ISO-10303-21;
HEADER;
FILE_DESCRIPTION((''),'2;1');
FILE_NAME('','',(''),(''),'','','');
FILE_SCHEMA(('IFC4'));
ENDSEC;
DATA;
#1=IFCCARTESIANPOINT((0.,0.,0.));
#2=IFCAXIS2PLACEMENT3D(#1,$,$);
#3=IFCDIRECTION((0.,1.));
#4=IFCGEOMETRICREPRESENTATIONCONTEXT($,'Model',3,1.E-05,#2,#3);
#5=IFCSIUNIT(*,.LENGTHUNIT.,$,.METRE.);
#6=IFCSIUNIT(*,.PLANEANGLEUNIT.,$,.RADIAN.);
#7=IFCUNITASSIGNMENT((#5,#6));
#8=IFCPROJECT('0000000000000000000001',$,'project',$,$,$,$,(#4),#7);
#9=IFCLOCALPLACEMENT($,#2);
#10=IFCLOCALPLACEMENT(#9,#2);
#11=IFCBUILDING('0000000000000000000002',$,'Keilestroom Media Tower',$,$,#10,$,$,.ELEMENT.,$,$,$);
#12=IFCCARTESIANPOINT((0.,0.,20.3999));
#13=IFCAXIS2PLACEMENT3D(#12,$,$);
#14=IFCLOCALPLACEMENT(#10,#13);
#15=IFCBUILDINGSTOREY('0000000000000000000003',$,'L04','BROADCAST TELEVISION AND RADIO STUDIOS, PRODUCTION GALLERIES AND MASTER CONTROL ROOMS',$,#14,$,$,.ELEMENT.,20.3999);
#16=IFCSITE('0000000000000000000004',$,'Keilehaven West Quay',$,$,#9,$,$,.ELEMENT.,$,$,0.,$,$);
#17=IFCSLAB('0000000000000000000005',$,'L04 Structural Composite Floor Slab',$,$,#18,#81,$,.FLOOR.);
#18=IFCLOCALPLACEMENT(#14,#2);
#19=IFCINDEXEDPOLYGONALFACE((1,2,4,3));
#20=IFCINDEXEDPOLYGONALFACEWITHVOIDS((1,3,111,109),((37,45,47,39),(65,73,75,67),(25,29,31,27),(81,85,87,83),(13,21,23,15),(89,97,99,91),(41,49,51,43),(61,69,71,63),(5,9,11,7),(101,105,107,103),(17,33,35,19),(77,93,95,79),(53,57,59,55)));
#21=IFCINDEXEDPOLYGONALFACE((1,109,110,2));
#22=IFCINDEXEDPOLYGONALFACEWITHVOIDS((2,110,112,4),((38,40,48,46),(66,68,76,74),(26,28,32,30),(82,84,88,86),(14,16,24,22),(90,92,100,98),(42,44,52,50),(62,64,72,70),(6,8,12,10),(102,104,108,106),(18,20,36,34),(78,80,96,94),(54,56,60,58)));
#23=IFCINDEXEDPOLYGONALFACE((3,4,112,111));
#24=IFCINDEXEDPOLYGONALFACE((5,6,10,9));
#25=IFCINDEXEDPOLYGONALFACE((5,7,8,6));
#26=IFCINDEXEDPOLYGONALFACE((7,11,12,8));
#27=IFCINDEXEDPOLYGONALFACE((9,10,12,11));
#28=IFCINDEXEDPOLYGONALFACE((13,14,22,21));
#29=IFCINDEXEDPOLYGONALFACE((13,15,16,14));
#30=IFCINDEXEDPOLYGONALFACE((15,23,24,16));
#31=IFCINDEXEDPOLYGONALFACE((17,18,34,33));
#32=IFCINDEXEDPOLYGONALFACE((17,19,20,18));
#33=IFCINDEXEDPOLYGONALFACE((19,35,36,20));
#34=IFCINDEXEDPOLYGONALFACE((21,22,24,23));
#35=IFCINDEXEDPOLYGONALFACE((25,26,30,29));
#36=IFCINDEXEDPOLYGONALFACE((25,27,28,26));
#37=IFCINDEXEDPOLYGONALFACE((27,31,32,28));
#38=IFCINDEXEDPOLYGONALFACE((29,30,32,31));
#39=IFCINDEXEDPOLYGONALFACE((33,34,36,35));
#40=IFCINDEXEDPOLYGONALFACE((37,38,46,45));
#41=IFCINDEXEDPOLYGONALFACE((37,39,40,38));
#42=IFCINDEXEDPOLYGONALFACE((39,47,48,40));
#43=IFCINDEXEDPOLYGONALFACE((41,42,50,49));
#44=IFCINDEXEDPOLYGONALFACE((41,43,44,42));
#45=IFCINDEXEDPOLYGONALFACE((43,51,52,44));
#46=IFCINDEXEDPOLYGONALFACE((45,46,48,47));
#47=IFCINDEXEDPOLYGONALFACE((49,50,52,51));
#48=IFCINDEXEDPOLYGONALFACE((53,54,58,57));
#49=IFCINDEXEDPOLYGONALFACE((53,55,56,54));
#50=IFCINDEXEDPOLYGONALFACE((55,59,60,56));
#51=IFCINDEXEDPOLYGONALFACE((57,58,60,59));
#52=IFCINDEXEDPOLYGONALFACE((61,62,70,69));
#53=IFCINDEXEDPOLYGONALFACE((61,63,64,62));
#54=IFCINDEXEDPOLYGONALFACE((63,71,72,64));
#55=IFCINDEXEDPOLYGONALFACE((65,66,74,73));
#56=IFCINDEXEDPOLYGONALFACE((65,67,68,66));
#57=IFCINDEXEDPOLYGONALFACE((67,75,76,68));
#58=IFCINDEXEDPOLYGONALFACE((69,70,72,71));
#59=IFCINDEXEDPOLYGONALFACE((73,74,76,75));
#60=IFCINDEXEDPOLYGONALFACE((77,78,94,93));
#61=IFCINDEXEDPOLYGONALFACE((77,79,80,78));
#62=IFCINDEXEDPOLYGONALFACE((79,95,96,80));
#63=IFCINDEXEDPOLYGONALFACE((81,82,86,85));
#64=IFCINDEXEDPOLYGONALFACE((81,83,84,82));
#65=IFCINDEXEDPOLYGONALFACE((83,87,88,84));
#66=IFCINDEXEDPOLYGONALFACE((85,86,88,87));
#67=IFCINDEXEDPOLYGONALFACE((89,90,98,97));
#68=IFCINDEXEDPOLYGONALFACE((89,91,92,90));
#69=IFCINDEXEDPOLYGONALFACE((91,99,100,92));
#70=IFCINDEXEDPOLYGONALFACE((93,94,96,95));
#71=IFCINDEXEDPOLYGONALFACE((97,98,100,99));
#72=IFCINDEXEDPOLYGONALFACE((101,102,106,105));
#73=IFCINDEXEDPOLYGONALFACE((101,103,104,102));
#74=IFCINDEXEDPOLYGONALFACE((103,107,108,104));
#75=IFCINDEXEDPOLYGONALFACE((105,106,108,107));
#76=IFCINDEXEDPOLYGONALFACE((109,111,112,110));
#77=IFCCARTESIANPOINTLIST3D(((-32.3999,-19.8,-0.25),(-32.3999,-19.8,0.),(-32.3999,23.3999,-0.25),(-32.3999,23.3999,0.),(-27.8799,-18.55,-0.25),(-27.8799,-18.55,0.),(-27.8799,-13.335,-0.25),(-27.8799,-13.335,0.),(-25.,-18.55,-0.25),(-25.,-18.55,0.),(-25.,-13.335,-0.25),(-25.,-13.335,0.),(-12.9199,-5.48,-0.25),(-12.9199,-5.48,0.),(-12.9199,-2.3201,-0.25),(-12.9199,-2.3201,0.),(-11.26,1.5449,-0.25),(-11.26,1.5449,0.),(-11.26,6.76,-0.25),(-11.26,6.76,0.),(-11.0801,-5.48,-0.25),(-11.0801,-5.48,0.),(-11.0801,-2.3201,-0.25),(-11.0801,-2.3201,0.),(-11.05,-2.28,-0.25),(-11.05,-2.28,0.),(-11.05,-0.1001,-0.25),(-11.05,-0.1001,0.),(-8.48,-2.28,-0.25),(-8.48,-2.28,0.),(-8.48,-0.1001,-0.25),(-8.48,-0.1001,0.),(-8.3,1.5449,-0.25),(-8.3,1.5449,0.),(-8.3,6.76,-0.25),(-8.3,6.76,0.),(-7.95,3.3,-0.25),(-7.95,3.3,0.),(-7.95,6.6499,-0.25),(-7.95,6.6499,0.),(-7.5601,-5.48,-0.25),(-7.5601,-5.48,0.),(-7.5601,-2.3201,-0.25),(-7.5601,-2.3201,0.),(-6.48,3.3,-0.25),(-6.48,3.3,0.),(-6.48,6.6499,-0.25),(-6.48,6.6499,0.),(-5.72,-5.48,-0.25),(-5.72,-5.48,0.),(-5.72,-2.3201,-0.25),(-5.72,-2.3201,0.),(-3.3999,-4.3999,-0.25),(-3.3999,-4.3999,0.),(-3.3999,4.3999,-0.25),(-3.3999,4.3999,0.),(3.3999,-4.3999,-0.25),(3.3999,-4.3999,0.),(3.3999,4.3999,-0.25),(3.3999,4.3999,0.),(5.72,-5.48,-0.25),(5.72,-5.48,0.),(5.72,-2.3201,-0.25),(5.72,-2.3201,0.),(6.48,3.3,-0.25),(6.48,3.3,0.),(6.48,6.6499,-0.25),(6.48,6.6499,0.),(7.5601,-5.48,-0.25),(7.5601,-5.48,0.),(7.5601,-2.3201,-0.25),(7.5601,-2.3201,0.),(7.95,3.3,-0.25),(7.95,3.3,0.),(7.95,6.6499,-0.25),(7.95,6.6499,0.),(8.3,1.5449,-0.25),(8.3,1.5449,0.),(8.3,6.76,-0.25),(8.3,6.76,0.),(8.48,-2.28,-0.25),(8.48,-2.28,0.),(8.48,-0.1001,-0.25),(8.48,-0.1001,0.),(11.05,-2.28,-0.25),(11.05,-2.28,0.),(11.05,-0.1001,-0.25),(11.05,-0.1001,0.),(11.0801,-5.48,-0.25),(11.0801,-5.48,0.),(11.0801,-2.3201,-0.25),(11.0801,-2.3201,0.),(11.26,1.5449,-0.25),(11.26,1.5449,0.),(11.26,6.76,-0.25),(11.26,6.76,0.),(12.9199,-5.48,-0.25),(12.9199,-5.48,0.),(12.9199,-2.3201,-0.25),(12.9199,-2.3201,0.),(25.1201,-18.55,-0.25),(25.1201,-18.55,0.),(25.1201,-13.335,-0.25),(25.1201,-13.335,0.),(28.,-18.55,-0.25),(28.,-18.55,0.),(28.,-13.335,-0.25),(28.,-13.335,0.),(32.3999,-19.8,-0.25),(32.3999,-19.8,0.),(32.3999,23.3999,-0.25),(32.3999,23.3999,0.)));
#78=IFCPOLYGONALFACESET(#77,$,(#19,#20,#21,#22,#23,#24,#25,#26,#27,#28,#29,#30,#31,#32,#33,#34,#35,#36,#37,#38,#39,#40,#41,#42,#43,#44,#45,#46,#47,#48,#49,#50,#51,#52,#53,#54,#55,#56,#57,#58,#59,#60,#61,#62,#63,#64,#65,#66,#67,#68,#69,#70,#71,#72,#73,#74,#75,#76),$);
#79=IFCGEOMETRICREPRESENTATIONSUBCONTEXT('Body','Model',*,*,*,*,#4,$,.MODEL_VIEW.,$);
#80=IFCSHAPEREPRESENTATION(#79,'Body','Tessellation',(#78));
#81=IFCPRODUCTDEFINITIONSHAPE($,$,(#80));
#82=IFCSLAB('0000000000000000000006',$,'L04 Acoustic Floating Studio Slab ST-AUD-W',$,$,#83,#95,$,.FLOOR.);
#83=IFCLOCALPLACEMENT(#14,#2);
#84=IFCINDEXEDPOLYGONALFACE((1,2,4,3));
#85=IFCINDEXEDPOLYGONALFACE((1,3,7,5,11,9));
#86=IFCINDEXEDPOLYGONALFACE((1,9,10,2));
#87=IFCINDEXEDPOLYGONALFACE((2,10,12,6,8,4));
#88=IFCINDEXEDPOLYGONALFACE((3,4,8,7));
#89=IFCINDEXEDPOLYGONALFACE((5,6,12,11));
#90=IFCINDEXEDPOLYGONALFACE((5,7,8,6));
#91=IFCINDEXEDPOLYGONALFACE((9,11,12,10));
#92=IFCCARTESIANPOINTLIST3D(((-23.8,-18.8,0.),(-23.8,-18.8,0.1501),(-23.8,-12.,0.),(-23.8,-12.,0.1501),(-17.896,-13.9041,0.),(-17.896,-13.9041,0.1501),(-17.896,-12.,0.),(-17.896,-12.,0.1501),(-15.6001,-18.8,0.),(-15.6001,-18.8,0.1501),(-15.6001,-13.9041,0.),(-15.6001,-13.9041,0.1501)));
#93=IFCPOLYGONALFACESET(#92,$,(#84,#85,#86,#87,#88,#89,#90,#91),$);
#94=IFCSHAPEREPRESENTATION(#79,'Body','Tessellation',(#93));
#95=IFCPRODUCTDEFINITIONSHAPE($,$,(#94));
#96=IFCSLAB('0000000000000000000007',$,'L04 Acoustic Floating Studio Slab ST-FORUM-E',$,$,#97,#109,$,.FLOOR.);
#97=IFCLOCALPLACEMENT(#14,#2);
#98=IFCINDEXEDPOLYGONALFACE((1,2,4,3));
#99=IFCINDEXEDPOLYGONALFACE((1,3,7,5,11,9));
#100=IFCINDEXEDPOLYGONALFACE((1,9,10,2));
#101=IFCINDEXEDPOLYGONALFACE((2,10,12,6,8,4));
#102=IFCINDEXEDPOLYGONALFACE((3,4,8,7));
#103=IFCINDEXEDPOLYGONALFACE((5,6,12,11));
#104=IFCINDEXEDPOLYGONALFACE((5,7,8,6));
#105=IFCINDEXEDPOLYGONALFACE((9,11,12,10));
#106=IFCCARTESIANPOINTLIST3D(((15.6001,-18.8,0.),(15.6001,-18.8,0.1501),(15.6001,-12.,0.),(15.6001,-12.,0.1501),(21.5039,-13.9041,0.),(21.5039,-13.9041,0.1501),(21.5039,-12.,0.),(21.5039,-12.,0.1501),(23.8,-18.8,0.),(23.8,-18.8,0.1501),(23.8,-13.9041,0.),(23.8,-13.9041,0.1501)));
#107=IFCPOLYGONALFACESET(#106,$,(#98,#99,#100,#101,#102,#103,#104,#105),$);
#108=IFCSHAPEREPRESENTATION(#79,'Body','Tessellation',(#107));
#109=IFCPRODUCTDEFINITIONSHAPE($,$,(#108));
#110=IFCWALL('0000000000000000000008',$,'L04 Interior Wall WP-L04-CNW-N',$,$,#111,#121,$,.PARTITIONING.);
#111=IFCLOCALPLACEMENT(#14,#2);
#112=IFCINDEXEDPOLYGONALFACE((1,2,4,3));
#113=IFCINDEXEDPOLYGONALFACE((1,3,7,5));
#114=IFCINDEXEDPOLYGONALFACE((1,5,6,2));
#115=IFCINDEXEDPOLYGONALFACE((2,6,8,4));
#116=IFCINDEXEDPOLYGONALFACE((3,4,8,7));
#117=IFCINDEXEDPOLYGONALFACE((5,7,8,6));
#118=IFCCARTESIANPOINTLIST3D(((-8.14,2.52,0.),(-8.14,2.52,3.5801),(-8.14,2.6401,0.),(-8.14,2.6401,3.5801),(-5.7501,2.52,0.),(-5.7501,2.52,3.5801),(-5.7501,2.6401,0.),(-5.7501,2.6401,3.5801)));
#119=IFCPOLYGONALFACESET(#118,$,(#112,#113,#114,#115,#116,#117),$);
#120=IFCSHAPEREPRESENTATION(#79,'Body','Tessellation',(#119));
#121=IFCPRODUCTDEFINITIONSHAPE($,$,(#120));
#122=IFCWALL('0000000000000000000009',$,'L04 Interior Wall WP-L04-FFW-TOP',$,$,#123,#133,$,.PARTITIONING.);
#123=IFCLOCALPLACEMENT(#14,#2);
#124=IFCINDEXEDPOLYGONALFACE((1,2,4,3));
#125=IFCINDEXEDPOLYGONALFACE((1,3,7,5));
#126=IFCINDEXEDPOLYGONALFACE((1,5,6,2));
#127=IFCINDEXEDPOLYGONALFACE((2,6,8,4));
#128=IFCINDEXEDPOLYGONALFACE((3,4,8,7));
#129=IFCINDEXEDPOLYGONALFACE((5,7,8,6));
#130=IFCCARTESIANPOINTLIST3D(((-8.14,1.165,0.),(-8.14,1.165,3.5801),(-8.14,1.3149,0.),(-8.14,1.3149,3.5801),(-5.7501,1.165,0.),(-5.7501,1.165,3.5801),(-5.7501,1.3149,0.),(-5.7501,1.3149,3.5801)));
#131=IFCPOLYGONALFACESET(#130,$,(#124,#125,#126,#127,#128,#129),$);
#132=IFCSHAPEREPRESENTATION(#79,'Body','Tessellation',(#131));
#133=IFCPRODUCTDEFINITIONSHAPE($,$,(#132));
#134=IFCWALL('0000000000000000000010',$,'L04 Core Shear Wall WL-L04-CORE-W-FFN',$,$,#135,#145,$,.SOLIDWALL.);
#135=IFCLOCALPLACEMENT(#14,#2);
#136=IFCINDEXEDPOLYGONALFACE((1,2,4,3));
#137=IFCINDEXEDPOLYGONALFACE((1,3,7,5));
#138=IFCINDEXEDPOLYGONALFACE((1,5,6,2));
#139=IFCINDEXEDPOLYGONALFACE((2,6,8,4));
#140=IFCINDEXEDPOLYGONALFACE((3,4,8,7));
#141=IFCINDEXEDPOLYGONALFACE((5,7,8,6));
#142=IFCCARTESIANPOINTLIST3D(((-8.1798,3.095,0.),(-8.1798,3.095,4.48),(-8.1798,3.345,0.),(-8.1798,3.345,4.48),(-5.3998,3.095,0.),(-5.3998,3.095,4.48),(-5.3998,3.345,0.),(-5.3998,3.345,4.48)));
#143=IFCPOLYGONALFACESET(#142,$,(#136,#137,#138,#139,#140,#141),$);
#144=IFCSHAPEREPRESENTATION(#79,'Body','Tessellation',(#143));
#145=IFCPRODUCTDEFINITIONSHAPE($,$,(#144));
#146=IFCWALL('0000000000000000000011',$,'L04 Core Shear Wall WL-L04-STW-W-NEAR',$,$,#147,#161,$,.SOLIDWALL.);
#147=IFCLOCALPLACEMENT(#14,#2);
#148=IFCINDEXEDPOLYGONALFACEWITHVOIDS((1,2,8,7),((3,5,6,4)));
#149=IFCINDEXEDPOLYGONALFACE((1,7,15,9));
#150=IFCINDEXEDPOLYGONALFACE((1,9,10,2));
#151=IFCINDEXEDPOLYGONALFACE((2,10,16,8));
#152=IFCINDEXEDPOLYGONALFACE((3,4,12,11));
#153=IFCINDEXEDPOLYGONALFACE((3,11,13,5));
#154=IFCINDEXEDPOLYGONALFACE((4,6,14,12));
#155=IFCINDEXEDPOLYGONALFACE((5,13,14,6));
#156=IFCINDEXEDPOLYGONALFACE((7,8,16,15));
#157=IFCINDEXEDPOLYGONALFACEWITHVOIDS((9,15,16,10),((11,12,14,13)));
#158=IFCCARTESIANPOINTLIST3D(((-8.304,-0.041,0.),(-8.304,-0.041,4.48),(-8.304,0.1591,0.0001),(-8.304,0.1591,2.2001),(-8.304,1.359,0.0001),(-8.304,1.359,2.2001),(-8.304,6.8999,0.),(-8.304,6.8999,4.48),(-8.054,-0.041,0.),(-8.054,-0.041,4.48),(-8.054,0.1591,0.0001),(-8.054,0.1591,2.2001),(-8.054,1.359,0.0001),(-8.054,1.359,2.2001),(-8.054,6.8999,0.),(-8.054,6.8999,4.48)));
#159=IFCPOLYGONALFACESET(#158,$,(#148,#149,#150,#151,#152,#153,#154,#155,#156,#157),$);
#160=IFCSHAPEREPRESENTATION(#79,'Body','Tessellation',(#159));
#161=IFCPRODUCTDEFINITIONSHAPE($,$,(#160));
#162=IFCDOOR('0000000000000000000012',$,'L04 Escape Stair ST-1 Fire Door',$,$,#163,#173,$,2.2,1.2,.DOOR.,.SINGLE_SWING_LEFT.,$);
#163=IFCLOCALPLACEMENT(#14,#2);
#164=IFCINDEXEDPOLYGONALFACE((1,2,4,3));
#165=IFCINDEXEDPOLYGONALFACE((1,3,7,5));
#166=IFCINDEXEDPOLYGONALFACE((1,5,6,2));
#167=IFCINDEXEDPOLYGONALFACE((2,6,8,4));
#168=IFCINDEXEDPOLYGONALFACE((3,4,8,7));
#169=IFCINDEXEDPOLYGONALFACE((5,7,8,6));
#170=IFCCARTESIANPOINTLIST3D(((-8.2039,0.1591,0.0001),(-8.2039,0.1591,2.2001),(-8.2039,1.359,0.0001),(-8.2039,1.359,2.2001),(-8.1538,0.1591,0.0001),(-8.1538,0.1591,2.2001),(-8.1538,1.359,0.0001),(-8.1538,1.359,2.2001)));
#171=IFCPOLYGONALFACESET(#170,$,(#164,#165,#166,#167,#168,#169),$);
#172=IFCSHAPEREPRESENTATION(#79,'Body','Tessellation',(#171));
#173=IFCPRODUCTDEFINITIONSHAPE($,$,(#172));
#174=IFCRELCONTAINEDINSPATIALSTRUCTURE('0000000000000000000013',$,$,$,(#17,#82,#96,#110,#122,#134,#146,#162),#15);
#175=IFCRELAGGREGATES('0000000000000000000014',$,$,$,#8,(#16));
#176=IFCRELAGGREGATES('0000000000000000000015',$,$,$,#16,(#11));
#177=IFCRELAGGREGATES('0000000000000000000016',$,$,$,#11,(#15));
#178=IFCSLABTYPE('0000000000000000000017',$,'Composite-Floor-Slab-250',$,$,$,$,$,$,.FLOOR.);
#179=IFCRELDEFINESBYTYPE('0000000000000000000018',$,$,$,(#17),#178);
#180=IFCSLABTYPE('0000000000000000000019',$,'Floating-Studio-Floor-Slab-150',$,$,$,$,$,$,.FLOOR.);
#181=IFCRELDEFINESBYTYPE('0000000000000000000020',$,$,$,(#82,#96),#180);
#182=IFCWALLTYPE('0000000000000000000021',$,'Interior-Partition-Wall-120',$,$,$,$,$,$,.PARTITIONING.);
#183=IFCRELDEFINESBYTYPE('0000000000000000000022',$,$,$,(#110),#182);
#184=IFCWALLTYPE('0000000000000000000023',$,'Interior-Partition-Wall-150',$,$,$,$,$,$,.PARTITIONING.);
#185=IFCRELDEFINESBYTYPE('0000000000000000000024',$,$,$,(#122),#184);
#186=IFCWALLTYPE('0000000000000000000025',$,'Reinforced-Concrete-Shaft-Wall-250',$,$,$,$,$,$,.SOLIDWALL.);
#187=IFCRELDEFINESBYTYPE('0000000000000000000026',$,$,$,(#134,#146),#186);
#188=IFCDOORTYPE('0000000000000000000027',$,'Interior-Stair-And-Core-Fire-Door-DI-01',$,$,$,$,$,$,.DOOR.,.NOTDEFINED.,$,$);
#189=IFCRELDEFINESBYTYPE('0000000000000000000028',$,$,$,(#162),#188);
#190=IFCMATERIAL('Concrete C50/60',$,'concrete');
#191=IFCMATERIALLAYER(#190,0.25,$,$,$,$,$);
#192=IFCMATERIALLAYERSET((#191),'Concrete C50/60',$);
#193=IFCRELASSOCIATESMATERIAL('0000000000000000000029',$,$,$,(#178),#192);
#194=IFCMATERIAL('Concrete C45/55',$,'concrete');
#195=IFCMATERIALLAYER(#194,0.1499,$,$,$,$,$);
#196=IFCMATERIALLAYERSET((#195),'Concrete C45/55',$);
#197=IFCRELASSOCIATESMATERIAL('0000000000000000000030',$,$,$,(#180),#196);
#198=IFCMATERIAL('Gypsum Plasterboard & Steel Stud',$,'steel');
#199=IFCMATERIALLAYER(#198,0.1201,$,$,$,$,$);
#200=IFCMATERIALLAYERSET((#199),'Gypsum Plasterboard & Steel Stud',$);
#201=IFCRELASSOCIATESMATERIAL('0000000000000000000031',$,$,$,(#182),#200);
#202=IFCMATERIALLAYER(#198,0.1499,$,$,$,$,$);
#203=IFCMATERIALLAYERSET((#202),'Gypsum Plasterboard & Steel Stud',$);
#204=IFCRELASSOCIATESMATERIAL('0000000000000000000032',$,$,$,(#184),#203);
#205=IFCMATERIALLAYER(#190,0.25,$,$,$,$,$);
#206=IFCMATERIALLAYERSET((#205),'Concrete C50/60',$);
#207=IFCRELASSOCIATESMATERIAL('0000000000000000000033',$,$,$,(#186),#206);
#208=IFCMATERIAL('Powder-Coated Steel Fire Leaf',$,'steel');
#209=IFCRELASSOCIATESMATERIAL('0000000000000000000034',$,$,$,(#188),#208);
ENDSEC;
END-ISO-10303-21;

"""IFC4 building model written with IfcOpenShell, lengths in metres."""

from ifc_helpers import new_model, si_unit, direction, frame, frame_2d, origin, place, context, subcontext, project, spatial, polyline, rectangle, outline, extrude, source, transform, mapped, material, layer, layer_set, type_object, element, fill, save


model = new_model("IFC4")

# Units and contexts
model_context = context("Model", 3, precision=1e-05, world=origin(), true_north=direction((0.0, 1.0)))
body_context = subcontext(model_context, "Body", "Model", "MODEL_VIEW")
ifc_project = project(units=[si_unit("LENGTHUNIT", "METRE"), si_unit("PLANEANGLEUNIT", "RADIAN")], contexts=[model_context])

# Site, building, storey
site_placement = place(None, origin())
site = spatial("IfcSite", under=ifc_project, at=site_placement, Name="Keilehaven West Quay", CompositionType="ELEMENT", RefElevation=0.0)
building_placement = place(site_placement, origin())
building = spatial("IfcBuilding", under=site, at=building_placement, Name="Keilestroom Media Tower", CompositionType="ELEMENT")
storey_placement = place(building_placement, frame((0.0, 0.0, 20.3999)))
storey = spatial("IfcBuildingStorey", under=building, at=storey_placement, Name="L04", Description="BROADCAST TELEVISION AND RADIO STUDIOS, PRODUCTION GALLERIES AND MASTER CONTROL ROOMS", CompositionType="ELEMENT", Elevation=20.3999)

# Slabs
ifc_material_1 = material(Name="Concrete C50/60", Category="concrete")
ifc_layer_1 = layer(ifc_material_1, 0.25)
ifc_layer_set_1 = layer_set([ifc_layer_1], Name="Concrete C50/60")
slab_type_1 = type_object("IfcSlabType", Name="Composite-Floor-Slab-250", PredefinedType="FLOOR", material=ifc_layer_set_1)
slab_1_placement = place(storey_placement, frame((0.0, 0.0, -0.25)))
element("IfcSlab", 1, at=slab_1_placement, inside=storey, type_object=slab_type_1, Name="L04 Structural Composite Floor Slab", PredefinedType="FLOOR", context=body_context, shape_type="SweptSolid", body=[
    extrude(outline(polyline([(-32.3999, -19.8), (32.3999, -19.8), (32.3999, 23.3999), (-32.3999, 23.3999), (-32.3999, -19.8)]), holes=[polyline([(-27.8799, -18.55), (-27.8799, -13.335), (-25.0, -13.335), (-25.0, -18.55), (-27.8799, -18.55)]), polyline([(-12.9199, -5.48), (-12.9199, -2.3201), (-11.0801, -2.3201), (-11.0801, -5.48), (-12.9199, -5.48)]), polyline([(-11.26, 6.76), (-8.3, 6.76), (-8.3, 1.5449), (-11.26, 1.5449), (-11.26, 6.76)]), polyline([(-11.05, -2.28), (-11.05, -0.1001), (-8.48, -0.1001), (-8.48, -2.28), (-11.05, -2.28)]), polyline([(-7.95, 6.6499), (-6.48, 6.6499), (-6.48, 3.3), (-7.95, 3.3), (-7.95, 6.6499)]), polyline([(-5.72, -5.48), (-7.5601, -5.48), (-7.5601, -2.3201), (-5.72, -2.3201), (-5.72, -5.48)]), polyline([(-3.3999, -4.3999), (-3.3999, 4.3999), (3.3999, 4.3999), (3.3999, -4.3999), (-3.3999, -4.3999)]), polyline([(7.5601, -2.3201), (7.5601, -5.48), (5.72, -5.48), (5.72, -2.3201), (7.5601, -2.3201)]), polyline([(7.95, 6.6499), (7.95, 3.3), (6.48, 3.3), (6.48, 6.6499), (7.95, 6.6499)]), polyline([(8.3, 6.76), (11.26, 6.76), (11.26, 1.5449), (8.3, 1.5449), (8.3, 6.76)]), polyline([(8.48, -2.28), (8.48, -0.1001), (11.05, -0.1001), (11.05, -2.28), (8.48, -2.28)]), polyline([(11.0801, -2.3201), (12.9199, -2.3201), (12.9199, -5.48), (11.0801, -5.48), (11.0801, -2.3201)]), polyline([(25.1201, -18.55), (25.1201, -13.335), (28.0, -13.335), (28.0, -18.55), (25.1201, -18.55)])]), origin(), (0.0, 0.0, 1.0), 0.25),
])
ifc_material_2 = material(Name="Concrete C45/55", Category="concrete")
ifc_layer_2 = layer(ifc_material_2, 0.1499)
ifc_layer_set_2 = layer_set([ifc_layer_2], Name="Concrete C45/55")
slab_type_2 = type_object("IfcSlabType", Name="Floating-Studio-Floor-Slab-150", PredefinedType="FLOOR", material=ifc_layer_set_2)
slab_2_placement = place(storey_placement, origin())
element("IfcSlab", 2, at=slab_2_placement, inside=storey, type_object=slab_type_2, Name="L04 Acoustic Floating Studio Slab ST-AUD-W", PredefinedType="FLOOR", context=body_context, shape_type="SweptSolid", body=[
    extrude(outline(polyline([(-23.8, -18.8), (-15.6001, -18.8), (-15.6001, -13.9041), (-17.896, -13.9041), (-17.896, -12.0), (-23.8, -12.0), (-23.8, -18.8)])), origin(), (0.0, 0.0, 1.0), 0.1501),
])
slab_3_placement = place(storey_placement, origin())
element("IfcSlab", 3, at=slab_3_placement, inside=storey, type_object=slab_type_2, Name="L04 Acoustic Floating Studio Slab ST-FORUM-E", PredefinedType="FLOOR", context=body_context, shape_type="SweptSolid", body=[
    extrude(outline(polyline([(15.6001, -18.8), (23.8, -18.8), (23.8, -13.9041), (21.5039, -13.9041), (21.5039, -12.0), (15.6001, -12.0), (15.6001, -18.8)])), origin(), (0.0, 0.0, 1.0), 0.1501),
])

# Walls
ifc_material_3 = material(Name="Gypsum Plasterboard & Steel Stud", Category="steel")
ifc_layer_3 = layer(ifc_material_3, 0.1201)
ifc_layer_set_3 = layer_set([ifc_layer_3], Name="Gypsum Plasterboard & Steel Stud")
wall_type_1 = type_object("IfcWallType", Name="Interior-Partition-Wall-120", PredefinedType="PARTITIONING", material=ifc_layer_set_3)
wall_1_placement = place(storey_placement, frame((-8.1399, 2.5801, 0.0), z_axis=(0.0, 0.0, 1.0), x_axis=(1.0, 0.0, 0.0)))
element("IfcWall", 4, at=wall_1_placement, inside=storey, type_object=wall_type_1, Name="L04 Interior Wall WP-L04-CNW-N", PredefinedType="PARTITIONING", context=body_context, shape_type="SweptSolid", body=[
    extrude(rectangle(XDim=2.3899, YDim=0.1201, at=frame_2d((1.1948, 0.0))), origin(), (0.0, 0.0, 1.0), 3.5801),
])
ifc_layer_4 = layer(ifc_material_3, 0.1499)
ifc_layer_set_4 = layer_set([ifc_layer_4], Name="Gypsum Plasterboard & Steel Stud")
wall_type_2 = type_object("IfcWallType", Name="Interior-Partition-Wall-150", PredefinedType="PARTITIONING", material=ifc_layer_set_4)
wall_2_placement = place(storey_placement, frame((-8.1399, 1.24, 0.0), z_axis=(0.0, 0.0, 1.0), x_axis=(1.0, 0.0, 0.0)))
element("IfcWall", 5, at=wall_2_placement, inside=storey, type_object=wall_type_2, Name="L04 Interior Wall WP-L04-FFW-TOP", PredefinedType="PARTITIONING", context=body_context, shape_type="SweptSolid", body=[
    extrude(rectangle(XDim=2.3899, YDim=0.1499, at=frame_2d((1.1948, 0.0))), origin(), (0.0, 0.0, 1.0), 3.5801),
])
ifc_layer_5 = layer(ifc_material_1, 0.25)
ifc_layer_set_5 = layer_set([ifc_layer_5], Name="Concrete C50/60")
wall_type_3 = type_object("IfcWallType", Name="Reinforced-Concrete-Shaft-Wall-250", PredefinedType="SOLIDWALL", material=ifc_layer_set_5)
wall_3_placement = place(storey_placement, frame((-8.1799, 3.22, 0.0), z_axis=(0.0, 0.0, 1.0), x_axis=(1.0, 0.0, 0.0)))
element("IfcWall", 6, at=wall_3_placement, inside=storey, type_object=wall_type_3, Name="L04 Core Shear Wall WL-L04-CORE-W-FFN", PredefinedType="SOLIDWALL", context=body_context, shape_type="SweptSolid", body=[
    extrude(rectangle(XDim=2.78, YDim=0.25, at=frame_2d((1.3901, 0.0))), origin(), (0.0, 0.0, 1.0), 4.48),
])

# Wall, opening, door
wall_4_placement = place(storey_placement, frame((-8.179, -0.041, 0.0), z_axis=(0.0, 0.0, 1.0), x_axis=(0.0, 1.0, 0.0)))
wall_4 = element("IfcWall", 7, at=wall_4_placement, inside=storey, type_object=wall_type_3, Name="L04 Core Shear Wall WL-L04-STW-W-NEAR", PredefinedType="SOLIDWALL", context=body_context, shape_type="SweptSolid", body=[
    extrude(rectangle(XDim=6.9409, YDim=0.25, at=frame_2d((3.4705, 0.0))), origin(), (0.0, 0.0, 1.0), 4.48),
])
opening_1_placement = place(wall_4_placement, frame((0.2, 0.0, 0.0)))
opening_1 = element("IfcOpeningElement", 8, at=opening_1_placement, cuts=wall_4, PredefinedType="OPENING", context=body_context, shape_type="SweptSolid", body=[
    extrude(rectangle(XDim=1.2, YDim=2.2, at=frame_2d((0.6001, 1.1001))), frame((0.0, 0.135, 0.0), z_axis=(0.0, -1.0, 0.0), x_axis=(1.0, 0.0, 0.0)), (0.0, 0.0, 1.0), 0.27),
])
ifc_material_4 = material(Name="Powder-Coated Steel Fire Leaf", Category="steel")
door_type_1 = type_object("IfcDoorType", Name="Interior-Stair-And-Core-Fire-Door-DI-01", OperationType="NOTDEFINED", PredefinedType="DOOR", material=ifc_material_4)
shared_shape = source(origin(), body_context, "Body", "SweptSolid", [
    extrude(rectangle(XDim=1.2, YDim=2.2, at=frame_2d((0.6001, 1.1001))), frame((0.0, 0.0249, 0.0), z_axis=(0.0, -1.0, 0.0), x_axis=(1.0, 0.0, 0.0)), (0.0, 0.0, 1.0), 0.05),
])
door_1_placement = place(opening_1_placement, origin())
door_1 = element("IfcDoor", 9, at=door_1_placement, inside=storey, type_object=door_type_1, Name="L04 Escape Stair ST-1 Fire Door", OperationType="SINGLE_SWING_LEFT", OverallHeight=2.2, OverallWidth=1.2, PredefinedType="DOOR", context=body_context, shape_type="MappedRepresentation", body=[
    mapped(shared_shape, transform((0.0, 0.0, 0.0), x_axis=(1.0, 0.0, 0.0), y_axis=(0.0, 1.0, 0.0), z_axis=(0.0, 0.0, 1.0), scale=1.0)),
])
fill(opening_1, door_1)

save(model, "model.ifc")
